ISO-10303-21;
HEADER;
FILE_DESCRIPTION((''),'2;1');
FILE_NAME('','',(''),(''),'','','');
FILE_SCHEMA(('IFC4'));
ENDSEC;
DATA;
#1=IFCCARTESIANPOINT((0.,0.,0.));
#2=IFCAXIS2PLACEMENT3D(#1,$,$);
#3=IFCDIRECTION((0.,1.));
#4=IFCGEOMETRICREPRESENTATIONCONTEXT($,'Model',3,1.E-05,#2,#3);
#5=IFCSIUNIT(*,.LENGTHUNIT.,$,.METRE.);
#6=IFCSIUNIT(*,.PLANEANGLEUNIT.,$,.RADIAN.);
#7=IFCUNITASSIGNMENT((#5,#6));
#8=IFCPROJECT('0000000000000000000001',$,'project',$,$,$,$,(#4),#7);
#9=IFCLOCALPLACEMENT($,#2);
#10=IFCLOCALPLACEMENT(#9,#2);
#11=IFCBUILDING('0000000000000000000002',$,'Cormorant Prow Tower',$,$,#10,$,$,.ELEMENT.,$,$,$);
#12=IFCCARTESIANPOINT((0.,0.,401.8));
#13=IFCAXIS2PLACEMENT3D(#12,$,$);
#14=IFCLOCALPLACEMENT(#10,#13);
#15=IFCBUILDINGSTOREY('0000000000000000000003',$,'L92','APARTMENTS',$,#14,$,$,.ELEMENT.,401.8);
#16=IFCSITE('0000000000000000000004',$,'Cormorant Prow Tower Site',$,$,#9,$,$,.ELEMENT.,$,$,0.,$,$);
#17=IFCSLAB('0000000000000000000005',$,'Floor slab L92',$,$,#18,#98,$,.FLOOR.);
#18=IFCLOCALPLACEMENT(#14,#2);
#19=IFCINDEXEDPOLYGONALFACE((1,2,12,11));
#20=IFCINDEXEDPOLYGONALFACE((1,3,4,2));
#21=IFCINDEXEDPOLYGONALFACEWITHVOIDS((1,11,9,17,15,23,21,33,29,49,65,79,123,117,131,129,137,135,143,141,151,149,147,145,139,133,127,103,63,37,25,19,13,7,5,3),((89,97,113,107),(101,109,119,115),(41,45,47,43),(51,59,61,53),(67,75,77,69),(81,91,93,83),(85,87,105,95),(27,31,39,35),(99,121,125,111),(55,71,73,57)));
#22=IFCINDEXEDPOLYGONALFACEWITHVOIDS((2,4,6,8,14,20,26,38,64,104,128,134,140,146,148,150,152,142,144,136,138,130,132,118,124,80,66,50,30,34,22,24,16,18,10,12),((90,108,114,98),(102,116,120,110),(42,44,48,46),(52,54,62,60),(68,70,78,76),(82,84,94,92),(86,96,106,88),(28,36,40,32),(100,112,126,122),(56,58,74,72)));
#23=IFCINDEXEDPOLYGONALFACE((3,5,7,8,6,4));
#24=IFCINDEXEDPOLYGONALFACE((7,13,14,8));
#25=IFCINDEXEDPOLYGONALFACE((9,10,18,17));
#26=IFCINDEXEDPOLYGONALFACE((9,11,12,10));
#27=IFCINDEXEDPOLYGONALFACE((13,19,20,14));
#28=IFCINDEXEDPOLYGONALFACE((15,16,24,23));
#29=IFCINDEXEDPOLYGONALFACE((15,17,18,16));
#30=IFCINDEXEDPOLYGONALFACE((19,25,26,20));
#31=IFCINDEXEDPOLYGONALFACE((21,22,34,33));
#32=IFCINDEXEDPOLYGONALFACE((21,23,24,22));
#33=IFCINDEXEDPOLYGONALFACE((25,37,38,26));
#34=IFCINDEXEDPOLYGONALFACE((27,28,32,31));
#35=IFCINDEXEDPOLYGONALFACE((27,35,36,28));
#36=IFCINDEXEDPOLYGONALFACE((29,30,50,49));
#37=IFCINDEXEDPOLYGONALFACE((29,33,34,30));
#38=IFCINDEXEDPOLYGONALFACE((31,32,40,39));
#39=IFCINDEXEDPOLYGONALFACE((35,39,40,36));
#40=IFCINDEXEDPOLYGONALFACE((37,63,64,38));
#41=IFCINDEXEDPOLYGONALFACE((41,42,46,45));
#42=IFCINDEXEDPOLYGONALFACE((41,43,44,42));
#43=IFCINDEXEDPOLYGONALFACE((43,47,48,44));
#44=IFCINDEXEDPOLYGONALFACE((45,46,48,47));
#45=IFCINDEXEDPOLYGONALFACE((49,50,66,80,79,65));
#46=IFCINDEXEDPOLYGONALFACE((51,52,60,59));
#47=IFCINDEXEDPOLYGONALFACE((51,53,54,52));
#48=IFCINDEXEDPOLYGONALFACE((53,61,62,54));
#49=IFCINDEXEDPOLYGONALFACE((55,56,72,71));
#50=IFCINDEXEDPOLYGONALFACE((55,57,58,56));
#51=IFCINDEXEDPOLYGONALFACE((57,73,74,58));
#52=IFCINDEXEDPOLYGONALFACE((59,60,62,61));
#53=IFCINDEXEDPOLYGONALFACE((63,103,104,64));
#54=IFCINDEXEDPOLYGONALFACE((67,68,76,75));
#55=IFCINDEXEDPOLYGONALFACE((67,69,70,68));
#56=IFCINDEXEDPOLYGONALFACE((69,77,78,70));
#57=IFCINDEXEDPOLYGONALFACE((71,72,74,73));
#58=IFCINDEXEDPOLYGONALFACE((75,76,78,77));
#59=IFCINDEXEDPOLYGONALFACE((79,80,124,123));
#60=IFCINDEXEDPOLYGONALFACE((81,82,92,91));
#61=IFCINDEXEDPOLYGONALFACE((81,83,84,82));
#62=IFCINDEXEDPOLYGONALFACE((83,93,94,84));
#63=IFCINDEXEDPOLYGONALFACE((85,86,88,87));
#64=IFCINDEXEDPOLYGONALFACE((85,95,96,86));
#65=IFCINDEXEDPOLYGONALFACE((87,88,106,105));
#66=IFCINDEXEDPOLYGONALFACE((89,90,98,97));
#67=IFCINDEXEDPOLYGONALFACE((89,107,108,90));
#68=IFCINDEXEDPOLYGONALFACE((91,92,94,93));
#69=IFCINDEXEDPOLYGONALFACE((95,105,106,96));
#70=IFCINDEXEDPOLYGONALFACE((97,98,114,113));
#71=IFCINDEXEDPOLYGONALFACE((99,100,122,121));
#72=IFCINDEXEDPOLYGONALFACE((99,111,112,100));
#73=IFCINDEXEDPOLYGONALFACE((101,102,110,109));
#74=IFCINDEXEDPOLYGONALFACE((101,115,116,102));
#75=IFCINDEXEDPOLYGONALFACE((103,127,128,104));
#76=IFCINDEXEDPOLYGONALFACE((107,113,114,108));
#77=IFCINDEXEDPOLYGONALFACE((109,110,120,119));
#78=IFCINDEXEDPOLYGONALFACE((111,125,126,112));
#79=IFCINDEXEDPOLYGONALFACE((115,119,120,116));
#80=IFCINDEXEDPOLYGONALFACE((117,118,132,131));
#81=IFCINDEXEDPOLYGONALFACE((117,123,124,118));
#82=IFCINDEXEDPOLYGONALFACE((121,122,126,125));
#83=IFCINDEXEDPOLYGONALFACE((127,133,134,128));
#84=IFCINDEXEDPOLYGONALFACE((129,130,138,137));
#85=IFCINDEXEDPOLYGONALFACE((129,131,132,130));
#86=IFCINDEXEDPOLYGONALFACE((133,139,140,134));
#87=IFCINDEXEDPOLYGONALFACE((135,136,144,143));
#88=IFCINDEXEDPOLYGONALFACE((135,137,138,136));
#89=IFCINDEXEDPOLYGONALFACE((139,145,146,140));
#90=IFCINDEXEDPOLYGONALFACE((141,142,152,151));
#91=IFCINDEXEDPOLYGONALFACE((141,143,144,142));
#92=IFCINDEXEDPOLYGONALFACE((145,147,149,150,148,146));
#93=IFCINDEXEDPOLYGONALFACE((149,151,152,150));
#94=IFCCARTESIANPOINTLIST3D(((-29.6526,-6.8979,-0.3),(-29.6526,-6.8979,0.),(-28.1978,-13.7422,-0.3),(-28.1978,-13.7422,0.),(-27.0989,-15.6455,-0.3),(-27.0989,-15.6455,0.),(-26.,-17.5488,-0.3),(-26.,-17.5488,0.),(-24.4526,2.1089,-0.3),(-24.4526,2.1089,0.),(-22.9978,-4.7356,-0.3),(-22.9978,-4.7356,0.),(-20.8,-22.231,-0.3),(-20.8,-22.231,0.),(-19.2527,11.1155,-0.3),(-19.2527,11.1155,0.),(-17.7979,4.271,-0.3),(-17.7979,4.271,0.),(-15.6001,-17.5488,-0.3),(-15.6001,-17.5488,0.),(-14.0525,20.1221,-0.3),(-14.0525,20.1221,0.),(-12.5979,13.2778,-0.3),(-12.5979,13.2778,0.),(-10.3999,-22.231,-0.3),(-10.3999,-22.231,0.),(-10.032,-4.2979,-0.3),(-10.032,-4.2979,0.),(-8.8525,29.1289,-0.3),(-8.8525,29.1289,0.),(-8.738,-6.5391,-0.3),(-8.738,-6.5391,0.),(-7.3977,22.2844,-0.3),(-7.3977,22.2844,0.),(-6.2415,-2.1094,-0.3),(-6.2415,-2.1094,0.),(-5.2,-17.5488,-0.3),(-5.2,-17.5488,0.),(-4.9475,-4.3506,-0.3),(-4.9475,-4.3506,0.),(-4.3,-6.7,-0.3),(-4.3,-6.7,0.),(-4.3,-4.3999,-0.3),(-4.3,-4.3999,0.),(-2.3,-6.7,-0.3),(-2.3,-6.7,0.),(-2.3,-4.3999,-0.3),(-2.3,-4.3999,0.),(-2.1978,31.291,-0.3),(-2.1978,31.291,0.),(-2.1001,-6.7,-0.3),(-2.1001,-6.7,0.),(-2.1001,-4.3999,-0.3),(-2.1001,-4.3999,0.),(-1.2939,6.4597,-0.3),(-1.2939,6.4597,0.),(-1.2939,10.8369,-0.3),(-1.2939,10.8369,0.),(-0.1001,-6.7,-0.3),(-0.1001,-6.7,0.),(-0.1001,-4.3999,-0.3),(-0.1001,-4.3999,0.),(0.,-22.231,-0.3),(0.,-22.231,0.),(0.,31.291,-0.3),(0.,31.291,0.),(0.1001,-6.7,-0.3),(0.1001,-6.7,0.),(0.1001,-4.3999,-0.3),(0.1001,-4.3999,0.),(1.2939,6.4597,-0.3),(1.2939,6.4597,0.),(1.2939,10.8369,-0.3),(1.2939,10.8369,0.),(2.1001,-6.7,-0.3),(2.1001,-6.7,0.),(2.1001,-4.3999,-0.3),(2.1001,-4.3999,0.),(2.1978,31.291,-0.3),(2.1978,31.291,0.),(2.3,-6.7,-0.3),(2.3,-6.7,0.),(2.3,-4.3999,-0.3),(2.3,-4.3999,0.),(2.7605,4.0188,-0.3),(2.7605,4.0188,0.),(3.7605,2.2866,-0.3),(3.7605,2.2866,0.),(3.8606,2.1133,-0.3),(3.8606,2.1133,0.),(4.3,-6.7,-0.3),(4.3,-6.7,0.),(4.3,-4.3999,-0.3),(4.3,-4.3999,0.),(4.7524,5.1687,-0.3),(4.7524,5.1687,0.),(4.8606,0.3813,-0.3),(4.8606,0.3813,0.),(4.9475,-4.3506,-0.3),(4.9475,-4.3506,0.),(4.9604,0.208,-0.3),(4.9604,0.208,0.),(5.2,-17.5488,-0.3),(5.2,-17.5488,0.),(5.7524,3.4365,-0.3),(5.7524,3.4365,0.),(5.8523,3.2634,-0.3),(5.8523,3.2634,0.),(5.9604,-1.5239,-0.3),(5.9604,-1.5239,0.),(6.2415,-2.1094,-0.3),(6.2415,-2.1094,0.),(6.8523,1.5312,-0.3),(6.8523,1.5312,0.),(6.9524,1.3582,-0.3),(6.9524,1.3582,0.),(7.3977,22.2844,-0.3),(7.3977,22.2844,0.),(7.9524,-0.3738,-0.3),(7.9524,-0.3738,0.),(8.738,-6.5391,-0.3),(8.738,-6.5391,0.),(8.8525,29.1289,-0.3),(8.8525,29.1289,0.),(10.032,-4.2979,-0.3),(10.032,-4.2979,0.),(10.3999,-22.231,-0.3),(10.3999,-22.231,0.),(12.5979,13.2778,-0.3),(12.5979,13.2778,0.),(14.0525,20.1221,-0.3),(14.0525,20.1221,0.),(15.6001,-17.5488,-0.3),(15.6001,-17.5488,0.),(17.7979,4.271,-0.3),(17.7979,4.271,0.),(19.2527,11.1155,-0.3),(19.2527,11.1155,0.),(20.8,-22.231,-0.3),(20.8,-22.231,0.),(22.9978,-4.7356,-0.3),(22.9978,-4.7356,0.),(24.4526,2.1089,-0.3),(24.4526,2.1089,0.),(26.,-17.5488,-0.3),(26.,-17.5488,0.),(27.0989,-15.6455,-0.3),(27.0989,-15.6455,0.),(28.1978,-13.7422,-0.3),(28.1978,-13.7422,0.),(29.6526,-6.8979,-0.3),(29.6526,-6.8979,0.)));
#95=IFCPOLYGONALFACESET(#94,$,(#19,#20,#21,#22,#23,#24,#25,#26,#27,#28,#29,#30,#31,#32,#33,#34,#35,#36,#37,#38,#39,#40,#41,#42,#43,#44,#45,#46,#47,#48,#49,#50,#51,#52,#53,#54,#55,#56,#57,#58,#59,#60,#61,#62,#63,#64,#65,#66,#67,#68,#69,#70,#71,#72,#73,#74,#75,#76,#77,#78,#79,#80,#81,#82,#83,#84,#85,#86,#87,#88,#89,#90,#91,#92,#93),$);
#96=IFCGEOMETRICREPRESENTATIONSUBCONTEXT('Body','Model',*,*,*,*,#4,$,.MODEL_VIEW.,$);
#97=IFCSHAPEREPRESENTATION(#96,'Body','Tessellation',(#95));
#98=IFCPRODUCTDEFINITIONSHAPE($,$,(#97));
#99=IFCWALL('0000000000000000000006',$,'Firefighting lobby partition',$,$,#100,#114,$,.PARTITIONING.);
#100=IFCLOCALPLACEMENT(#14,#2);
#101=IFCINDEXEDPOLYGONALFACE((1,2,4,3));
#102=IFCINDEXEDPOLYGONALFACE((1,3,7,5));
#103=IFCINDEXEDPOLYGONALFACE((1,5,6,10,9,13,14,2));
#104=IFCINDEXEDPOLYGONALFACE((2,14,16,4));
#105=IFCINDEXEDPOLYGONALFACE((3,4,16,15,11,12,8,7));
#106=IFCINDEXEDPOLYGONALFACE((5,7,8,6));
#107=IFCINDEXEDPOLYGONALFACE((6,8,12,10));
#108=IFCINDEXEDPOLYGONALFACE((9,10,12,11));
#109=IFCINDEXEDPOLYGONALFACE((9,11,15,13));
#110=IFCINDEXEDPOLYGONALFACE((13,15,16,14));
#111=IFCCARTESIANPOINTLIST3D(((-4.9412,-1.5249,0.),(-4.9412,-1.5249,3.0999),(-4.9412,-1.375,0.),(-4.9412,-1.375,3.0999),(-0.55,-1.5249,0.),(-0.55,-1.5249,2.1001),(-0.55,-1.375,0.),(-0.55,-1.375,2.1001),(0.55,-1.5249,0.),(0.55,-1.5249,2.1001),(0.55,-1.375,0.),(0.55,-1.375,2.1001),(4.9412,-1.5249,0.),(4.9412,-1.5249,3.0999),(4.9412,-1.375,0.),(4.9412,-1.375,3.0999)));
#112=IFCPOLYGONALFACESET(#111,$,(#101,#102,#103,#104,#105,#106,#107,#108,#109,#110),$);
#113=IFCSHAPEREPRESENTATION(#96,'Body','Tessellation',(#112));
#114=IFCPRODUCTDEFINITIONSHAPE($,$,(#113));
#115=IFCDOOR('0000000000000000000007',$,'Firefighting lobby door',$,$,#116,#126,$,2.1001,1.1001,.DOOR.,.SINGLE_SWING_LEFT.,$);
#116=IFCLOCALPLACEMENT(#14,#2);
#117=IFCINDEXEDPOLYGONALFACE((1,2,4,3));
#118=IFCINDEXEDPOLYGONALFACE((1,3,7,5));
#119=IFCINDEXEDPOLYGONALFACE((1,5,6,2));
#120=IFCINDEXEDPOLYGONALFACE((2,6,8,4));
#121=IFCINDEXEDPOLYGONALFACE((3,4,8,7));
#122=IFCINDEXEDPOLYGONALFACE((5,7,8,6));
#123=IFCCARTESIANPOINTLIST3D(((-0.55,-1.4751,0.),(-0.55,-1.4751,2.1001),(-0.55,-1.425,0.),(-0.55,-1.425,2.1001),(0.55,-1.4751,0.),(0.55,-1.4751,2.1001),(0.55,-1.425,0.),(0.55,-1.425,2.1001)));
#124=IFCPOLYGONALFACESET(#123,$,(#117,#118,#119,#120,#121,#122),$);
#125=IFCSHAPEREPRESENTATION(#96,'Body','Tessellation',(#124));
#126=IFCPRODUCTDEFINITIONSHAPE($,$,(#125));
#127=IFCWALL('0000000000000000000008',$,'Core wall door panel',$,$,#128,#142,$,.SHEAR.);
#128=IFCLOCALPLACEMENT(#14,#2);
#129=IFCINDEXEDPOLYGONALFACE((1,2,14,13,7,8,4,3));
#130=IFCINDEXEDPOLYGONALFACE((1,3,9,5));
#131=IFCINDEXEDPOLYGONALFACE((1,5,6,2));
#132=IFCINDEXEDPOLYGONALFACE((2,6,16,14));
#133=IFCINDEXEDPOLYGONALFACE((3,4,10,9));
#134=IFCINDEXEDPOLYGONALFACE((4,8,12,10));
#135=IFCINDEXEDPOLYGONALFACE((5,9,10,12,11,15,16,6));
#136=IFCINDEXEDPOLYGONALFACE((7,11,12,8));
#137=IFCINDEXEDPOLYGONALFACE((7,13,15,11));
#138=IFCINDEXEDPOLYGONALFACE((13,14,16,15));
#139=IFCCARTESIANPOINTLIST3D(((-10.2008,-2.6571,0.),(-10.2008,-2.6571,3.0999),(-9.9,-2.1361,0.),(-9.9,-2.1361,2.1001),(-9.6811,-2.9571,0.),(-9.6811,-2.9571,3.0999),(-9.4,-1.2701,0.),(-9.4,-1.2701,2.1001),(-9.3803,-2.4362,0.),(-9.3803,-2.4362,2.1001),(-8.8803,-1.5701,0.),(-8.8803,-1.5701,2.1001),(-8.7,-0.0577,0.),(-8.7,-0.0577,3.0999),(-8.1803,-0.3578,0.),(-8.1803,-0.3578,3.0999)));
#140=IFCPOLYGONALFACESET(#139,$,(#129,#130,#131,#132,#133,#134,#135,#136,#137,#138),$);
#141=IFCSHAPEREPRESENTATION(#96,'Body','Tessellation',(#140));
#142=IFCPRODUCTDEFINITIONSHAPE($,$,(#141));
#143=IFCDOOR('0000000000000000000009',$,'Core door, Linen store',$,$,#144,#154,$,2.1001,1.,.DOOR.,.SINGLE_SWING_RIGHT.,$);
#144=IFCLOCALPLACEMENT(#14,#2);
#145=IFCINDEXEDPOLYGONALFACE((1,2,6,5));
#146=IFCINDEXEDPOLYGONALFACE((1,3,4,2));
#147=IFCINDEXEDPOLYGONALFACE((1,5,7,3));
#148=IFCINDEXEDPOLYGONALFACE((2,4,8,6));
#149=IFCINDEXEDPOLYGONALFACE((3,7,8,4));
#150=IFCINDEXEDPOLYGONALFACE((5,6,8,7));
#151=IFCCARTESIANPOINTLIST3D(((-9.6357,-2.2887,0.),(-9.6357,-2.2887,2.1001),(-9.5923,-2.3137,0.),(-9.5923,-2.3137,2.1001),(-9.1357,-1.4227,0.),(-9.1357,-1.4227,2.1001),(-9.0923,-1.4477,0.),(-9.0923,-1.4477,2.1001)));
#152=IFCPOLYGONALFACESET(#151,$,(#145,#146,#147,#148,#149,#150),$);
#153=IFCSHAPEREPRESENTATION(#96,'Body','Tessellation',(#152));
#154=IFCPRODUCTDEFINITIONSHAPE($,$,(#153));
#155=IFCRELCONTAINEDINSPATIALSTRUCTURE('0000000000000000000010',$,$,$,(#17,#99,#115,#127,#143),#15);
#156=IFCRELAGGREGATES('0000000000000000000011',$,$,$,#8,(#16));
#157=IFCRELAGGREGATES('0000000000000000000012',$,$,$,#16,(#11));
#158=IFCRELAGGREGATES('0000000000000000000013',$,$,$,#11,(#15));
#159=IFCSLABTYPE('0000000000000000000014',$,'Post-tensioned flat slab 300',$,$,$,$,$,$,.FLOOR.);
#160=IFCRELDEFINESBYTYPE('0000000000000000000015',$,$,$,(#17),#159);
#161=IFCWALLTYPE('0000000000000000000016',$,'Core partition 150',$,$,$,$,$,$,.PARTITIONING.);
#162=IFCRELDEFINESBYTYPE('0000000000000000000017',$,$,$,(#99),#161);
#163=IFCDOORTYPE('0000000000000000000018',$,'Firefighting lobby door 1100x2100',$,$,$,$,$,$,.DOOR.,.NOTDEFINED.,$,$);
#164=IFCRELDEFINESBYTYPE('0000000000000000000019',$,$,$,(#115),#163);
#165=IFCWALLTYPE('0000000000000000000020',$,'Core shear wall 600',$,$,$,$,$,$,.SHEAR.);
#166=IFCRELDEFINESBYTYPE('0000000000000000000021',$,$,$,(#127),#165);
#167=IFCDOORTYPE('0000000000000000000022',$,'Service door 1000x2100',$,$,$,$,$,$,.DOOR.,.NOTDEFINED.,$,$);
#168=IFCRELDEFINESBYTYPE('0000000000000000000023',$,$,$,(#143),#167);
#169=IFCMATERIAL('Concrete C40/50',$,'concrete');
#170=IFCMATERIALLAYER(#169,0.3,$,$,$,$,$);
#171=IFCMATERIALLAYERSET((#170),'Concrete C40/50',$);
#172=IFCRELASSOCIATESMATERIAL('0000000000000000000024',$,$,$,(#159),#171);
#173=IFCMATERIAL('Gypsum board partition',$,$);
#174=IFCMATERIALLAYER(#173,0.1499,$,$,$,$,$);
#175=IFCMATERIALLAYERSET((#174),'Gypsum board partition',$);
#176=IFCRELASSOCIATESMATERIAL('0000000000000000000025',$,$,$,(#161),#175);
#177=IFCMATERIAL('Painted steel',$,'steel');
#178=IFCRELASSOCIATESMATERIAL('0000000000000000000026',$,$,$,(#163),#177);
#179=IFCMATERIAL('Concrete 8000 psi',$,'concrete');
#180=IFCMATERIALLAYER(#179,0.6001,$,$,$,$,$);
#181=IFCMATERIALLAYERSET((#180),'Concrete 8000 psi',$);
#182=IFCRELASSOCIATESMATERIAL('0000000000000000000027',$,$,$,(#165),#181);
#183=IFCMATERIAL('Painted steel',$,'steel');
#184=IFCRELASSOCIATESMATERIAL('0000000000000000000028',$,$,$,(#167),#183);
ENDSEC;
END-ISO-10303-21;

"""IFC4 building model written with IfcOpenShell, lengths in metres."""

from ifc_helpers import new_model, si_unit, direction, frame, frame_2d, origin, place, context, subcontext, project, spatial, polyline, rectangle, outline, extrude, material, layer, layer_set, type_object, element, fill, save


model = new_model("IFC4")

# Units and contexts
model_context = context("Model", 3, precision=1e-05, world=origin(), true_north=direction((0.0, 1.0)))
body_context = subcontext(model_context, "Body", "Model", "MODEL_VIEW")
ifc_project = project(units=[si_unit("LENGTHUNIT", "METRE"), si_unit("PLANEANGLEUNIT", "RADIAN")], contexts=[model_context])

# Site, building, storey
site_placement = place(None, origin())
site = spatial("IfcSite", under=ifc_project, at=site_placement, Name="Cormorant Prow Tower Site", CompositionType="ELEMENT", RefElevation=0.0)
building_placement = place(site_placement, origin())
building = spatial("IfcBuilding", under=site, at=building_placement, Name="Cormorant Prow Tower", CompositionType="ELEMENT")
storey_placement = place(building_placement, frame((0.0, 0.0, 401.8)))
storey = spatial("IfcBuildingStorey", under=building, at=storey_placement, Name="L92", Description="APARTMENTS", CompositionType="ELEMENT", Elevation=401.8)

# Slab
ifc_material_1 = material(Name="Concrete C40/50", Category="concrete")
ifc_layer_1 = layer(ifc_material_1, 0.3)
ifc_layer_set_1 = layer_set([ifc_layer_1], Name="Concrete C40/50")
slab_type_1 = type_object("IfcSlabType", Name="Post-tensioned flat slab 300", PredefinedType="FLOOR", material=ifc_layer_set_1)
slab_1_placement = place(storey_placement, frame((0.0, 0.0, -0.3)))
element("IfcSlab", 1, at=slab_1_placement, inside=storey, type_object=slab_type_1, Name="Floor slab L92", PredefinedType="FLOOR", context=body_context, shape_type="SweptSolid", body=[
    extrude(outline(polyline([(-7.3977, 22.2844), (-14.0525, 20.1221), (-12.5979, 13.2778), (-19.2527, 11.1155), (-17.7979, 4.271), (-24.4526, 2.1089), (-22.9978, -4.7356), (-29.6526, -6.8979), (-28.1978, -13.7422), (-27.0989, -15.6455), (-26.0, -17.5488), (-20.8, -22.231), (-15.6001, -17.5488), (-10.3999, -22.231), (-5.2, -17.5488), (0.0, -22.231), (5.2, -17.5488), (10.3999, -22.231), (15.6001, -17.5488), (20.8, -22.231), (26.0, -17.5488), (27.0989, -15.6455), (28.1978, -13.7422), (29.6526, -6.8979), (22.9978, -4.7356), (24.4526, 2.1089), (17.7979, 4.271), (19.2527, 11.1155), (12.5979, 13.2778), (14.0525, 20.1221), (7.3977, 22.2844), (8.8525, 29.1289), (2.1978, 31.291), (0.0, 31.291), (-2.1978, 31.291), (-8.8525, 29.1289), (-7.3977, 22.2844)]), holes=[polyline([(-4.3, -4.3999), (-2.3, -4.3999), (-2.3, -6.7), (-4.3, -6.7), (-4.3, -4.3999)]), polyline([(-0.1001, -4.3999), (-0.1001, -6.7), (-2.1001, -6.7), (-2.1001, -4.3999), (-0.1001, -4.3999)]), polyline([(2.1001, -6.7), (0.1001, -6.7), (0.1001, -4.3999), (2.1001, -4.3999), (2.1001, -6.7)]), polyline([(2.3, -6.7), (2.3, -4.3999), (4.3, -4.3999), (4.3, -6.7), (2.3, -6.7)]), polyline([(5.9604, -1.5239), (4.9604, 0.208), (6.9524, 1.3582), (7.9524, -0.3738), (5.9604, -1.5239)]), polyline([(3.8606, 2.1133), (5.8523, 3.2634), (6.8523, 1.5312), (4.8606, 0.3813), (3.8606, 2.1133)]), polyline([(4.7524, 5.1687), (5.7524, 3.4365), (3.7605, 2.2866), (2.7605, 4.0188), (4.7524, 5.1687)]), polyline([(-4.9475, -4.3506), (-8.738, -6.5391), (-10.032, -4.2979), (-6.2415, -2.1094), (-4.9475, -4.3506)]), polyline([(10.032, -4.2979), (8.738, -6.5391), (4.9475, -4.3506), (6.2415, -2.1094), (10.032, -4.2979)]), polyline([(1.2939, 10.8369), (1.2939, 6.4597), (-1.2939, 6.4597), (-1.2939, 10.8369), (1.2939, 10.8369)])]), origin(), (0.0, 0.0, 1.0), 0.3),
])

# Walls, openings, doors
ifc_material_2 = material(Name="Gypsum board partition")
ifc_layer_2 = layer(ifc_material_2, 0.1499)
ifc_layer_set_2 = layer_set([ifc_layer_2], Name="Gypsum board partition")
wall_type_1 = type_object("IfcWallType", Name="Core partition 150", PredefinedType="PARTITIONING", material=ifc_layer_set_2)
wall_1_placement = place(storey_placement, frame((-4.9412, -1.45, 0.0), z_axis=(0.0, 0.0, 1.0), x_axis=(1.0, 0.0, 0.0)))
wall_1 = element("IfcWall", 2, at=wall_1_placement, inside=storey, type_object=wall_type_1, Name="Firefighting lobby partition", PredefinedType="PARTITIONING", context=body_context, shape_type="SweptSolid", body=[
    extrude(rectangle(XDim=9.8823, YDim=0.1499, at=frame_2d((4.9412, 0.0))), origin(), (0.0, 0.0, 1.0), 3.0999),
])
opening_1_placement = place(wall_1_placement, frame((4.3911, 0.0, 0.0)))
opening_1 = element("IfcOpeningElement", 3, at=opening_1_placement, cuts=wall_1, PredefinedType="OPENING", context=body_context, shape_type="SweptSolid", body=[
    extrude(rectangle(XDim=1.1001, YDim=2.1001, at=frame_2d((0.55, 1.05))), frame((0.0, 0.085, 0.0), z_axis=(0.0, -1.0, 0.0), x_axis=(1.0, 0.0, 0.0)), (0.0, 0.0, 1.0), 0.1699),
])
ifc_material_3 = material(Name="Painted steel", Category="steel")
door_type_1 = type_object("IfcDoorType", Name="Firefighting lobby door 1100x2100", OperationType="NOTDEFINED", PredefinedType="DOOR", material=ifc_material_3)
door_1_placement = place(opening_1_placement, origin())
door_1 = element("IfcDoor", 4, at=door_1_placement, inside=storey, type_object=door_type_1, Name="Firefighting lobby door", OperationType="SINGLE_SWING_LEFT", OverallHeight=2.1001, OverallWidth=1.1001, PredefinedType="DOOR", context=body_context, shape_type="SweptSolid", body=[
    extrude(rectangle(XDim=1.1001, YDim=2.1001, at=frame_2d((0.55, 1.05))), frame((0.0, 0.0249, 0.0), z_axis=(0.0, -1.0, 0.0), x_axis=(1.0, 0.0, 0.0)), (0.0, 0.0, 1.0), 0.05),
])
fill(opening_1, door_1)
ifc_material_4 = material(Name="Concrete 8000 psi", Category="concrete")
ifc_layer_3 = layer(ifc_material_4, 0.6001)
ifc_layer_set_3 = layer_set([ifc_layer_3], Name="Concrete 8000 psi")
wall_type_2 = type_object("IfcWallType", Name="Core shear wall 600", PredefinedType="SHEAR", material=ifc_layer_set_3)
wall_2_placement = place(storey_placement, frame((-8.4402, -0.2078, 0.0), z_axis=(0.0, 0.0, 1.0), x_axis=(-0.499997, -0.866027, 0.0)))
wall_2 = element("IfcWall", 5, at=wall_2_placement, inside=storey, type_object=wall_type_2, Name="Core wall door panel", PredefinedType="SHEAR", context=body_context, shape_type="SweptSolid", body=[
    extrude(rectangle(XDim=3.0015, YDim=0.6001, at=frame_2d((1.5007, 0.0))), origin(), (0.0, 0.0, 1.0), 3.0999),
])
opening_2_placement = place(wall_2_placement, frame((1.3999, 0.0, 0.0)))
opening_2 = element("IfcOpeningElement", 6, at=opening_2_placement, cuts=wall_2, PredefinedType="OPENING", context=body_context, shape_type="SweptSolid", body=[
    extrude(rectangle(XDim=1.0, YDim=2.1001, at=frame_2d((0.5, 1.05))), frame((0.0, 0.3101, 0.0), z_axis=(0.0, -1.0, 0.0), x_axis=(1.0, 0.0, 0.0)), (0.0, 0.0, 1.0), 0.6201),
])
ifc_material_5 = material(Name="Painted steel", Category="steel")
door_type_2 = type_object("IfcDoorType", Name="Service door 1000x2100", OperationType="NOTDEFINED", PredefinedType="DOOR", material=ifc_material_5)
door_2_placement = place(opening_2_placement, origin())
door_2 = element("IfcDoor", 7, at=door_2_placement, inside=storey, type_object=door_type_2, Name="Core door, Linen store", OperationType="SINGLE_SWING_RIGHT", OverallHeight=2.1001, OverallWidth=1.0, PredefinedType="DOOR", context=body_context, shape_type="SweptSolid", body=[
    extrude(rectangle(XDim=1.0, YDim=2.1001, at=frame_2d((0.5, 1.05))), frame((0.0, 0.0552, 0.0), z_axis=(0.0, -1.0, 0.0), x_axis=(1.0, 0.0, 0.0)), (0.0, 0.0, 1.0), 0.05),
])
fill(opening_2, door_2)

save(model, "model.ifc")
